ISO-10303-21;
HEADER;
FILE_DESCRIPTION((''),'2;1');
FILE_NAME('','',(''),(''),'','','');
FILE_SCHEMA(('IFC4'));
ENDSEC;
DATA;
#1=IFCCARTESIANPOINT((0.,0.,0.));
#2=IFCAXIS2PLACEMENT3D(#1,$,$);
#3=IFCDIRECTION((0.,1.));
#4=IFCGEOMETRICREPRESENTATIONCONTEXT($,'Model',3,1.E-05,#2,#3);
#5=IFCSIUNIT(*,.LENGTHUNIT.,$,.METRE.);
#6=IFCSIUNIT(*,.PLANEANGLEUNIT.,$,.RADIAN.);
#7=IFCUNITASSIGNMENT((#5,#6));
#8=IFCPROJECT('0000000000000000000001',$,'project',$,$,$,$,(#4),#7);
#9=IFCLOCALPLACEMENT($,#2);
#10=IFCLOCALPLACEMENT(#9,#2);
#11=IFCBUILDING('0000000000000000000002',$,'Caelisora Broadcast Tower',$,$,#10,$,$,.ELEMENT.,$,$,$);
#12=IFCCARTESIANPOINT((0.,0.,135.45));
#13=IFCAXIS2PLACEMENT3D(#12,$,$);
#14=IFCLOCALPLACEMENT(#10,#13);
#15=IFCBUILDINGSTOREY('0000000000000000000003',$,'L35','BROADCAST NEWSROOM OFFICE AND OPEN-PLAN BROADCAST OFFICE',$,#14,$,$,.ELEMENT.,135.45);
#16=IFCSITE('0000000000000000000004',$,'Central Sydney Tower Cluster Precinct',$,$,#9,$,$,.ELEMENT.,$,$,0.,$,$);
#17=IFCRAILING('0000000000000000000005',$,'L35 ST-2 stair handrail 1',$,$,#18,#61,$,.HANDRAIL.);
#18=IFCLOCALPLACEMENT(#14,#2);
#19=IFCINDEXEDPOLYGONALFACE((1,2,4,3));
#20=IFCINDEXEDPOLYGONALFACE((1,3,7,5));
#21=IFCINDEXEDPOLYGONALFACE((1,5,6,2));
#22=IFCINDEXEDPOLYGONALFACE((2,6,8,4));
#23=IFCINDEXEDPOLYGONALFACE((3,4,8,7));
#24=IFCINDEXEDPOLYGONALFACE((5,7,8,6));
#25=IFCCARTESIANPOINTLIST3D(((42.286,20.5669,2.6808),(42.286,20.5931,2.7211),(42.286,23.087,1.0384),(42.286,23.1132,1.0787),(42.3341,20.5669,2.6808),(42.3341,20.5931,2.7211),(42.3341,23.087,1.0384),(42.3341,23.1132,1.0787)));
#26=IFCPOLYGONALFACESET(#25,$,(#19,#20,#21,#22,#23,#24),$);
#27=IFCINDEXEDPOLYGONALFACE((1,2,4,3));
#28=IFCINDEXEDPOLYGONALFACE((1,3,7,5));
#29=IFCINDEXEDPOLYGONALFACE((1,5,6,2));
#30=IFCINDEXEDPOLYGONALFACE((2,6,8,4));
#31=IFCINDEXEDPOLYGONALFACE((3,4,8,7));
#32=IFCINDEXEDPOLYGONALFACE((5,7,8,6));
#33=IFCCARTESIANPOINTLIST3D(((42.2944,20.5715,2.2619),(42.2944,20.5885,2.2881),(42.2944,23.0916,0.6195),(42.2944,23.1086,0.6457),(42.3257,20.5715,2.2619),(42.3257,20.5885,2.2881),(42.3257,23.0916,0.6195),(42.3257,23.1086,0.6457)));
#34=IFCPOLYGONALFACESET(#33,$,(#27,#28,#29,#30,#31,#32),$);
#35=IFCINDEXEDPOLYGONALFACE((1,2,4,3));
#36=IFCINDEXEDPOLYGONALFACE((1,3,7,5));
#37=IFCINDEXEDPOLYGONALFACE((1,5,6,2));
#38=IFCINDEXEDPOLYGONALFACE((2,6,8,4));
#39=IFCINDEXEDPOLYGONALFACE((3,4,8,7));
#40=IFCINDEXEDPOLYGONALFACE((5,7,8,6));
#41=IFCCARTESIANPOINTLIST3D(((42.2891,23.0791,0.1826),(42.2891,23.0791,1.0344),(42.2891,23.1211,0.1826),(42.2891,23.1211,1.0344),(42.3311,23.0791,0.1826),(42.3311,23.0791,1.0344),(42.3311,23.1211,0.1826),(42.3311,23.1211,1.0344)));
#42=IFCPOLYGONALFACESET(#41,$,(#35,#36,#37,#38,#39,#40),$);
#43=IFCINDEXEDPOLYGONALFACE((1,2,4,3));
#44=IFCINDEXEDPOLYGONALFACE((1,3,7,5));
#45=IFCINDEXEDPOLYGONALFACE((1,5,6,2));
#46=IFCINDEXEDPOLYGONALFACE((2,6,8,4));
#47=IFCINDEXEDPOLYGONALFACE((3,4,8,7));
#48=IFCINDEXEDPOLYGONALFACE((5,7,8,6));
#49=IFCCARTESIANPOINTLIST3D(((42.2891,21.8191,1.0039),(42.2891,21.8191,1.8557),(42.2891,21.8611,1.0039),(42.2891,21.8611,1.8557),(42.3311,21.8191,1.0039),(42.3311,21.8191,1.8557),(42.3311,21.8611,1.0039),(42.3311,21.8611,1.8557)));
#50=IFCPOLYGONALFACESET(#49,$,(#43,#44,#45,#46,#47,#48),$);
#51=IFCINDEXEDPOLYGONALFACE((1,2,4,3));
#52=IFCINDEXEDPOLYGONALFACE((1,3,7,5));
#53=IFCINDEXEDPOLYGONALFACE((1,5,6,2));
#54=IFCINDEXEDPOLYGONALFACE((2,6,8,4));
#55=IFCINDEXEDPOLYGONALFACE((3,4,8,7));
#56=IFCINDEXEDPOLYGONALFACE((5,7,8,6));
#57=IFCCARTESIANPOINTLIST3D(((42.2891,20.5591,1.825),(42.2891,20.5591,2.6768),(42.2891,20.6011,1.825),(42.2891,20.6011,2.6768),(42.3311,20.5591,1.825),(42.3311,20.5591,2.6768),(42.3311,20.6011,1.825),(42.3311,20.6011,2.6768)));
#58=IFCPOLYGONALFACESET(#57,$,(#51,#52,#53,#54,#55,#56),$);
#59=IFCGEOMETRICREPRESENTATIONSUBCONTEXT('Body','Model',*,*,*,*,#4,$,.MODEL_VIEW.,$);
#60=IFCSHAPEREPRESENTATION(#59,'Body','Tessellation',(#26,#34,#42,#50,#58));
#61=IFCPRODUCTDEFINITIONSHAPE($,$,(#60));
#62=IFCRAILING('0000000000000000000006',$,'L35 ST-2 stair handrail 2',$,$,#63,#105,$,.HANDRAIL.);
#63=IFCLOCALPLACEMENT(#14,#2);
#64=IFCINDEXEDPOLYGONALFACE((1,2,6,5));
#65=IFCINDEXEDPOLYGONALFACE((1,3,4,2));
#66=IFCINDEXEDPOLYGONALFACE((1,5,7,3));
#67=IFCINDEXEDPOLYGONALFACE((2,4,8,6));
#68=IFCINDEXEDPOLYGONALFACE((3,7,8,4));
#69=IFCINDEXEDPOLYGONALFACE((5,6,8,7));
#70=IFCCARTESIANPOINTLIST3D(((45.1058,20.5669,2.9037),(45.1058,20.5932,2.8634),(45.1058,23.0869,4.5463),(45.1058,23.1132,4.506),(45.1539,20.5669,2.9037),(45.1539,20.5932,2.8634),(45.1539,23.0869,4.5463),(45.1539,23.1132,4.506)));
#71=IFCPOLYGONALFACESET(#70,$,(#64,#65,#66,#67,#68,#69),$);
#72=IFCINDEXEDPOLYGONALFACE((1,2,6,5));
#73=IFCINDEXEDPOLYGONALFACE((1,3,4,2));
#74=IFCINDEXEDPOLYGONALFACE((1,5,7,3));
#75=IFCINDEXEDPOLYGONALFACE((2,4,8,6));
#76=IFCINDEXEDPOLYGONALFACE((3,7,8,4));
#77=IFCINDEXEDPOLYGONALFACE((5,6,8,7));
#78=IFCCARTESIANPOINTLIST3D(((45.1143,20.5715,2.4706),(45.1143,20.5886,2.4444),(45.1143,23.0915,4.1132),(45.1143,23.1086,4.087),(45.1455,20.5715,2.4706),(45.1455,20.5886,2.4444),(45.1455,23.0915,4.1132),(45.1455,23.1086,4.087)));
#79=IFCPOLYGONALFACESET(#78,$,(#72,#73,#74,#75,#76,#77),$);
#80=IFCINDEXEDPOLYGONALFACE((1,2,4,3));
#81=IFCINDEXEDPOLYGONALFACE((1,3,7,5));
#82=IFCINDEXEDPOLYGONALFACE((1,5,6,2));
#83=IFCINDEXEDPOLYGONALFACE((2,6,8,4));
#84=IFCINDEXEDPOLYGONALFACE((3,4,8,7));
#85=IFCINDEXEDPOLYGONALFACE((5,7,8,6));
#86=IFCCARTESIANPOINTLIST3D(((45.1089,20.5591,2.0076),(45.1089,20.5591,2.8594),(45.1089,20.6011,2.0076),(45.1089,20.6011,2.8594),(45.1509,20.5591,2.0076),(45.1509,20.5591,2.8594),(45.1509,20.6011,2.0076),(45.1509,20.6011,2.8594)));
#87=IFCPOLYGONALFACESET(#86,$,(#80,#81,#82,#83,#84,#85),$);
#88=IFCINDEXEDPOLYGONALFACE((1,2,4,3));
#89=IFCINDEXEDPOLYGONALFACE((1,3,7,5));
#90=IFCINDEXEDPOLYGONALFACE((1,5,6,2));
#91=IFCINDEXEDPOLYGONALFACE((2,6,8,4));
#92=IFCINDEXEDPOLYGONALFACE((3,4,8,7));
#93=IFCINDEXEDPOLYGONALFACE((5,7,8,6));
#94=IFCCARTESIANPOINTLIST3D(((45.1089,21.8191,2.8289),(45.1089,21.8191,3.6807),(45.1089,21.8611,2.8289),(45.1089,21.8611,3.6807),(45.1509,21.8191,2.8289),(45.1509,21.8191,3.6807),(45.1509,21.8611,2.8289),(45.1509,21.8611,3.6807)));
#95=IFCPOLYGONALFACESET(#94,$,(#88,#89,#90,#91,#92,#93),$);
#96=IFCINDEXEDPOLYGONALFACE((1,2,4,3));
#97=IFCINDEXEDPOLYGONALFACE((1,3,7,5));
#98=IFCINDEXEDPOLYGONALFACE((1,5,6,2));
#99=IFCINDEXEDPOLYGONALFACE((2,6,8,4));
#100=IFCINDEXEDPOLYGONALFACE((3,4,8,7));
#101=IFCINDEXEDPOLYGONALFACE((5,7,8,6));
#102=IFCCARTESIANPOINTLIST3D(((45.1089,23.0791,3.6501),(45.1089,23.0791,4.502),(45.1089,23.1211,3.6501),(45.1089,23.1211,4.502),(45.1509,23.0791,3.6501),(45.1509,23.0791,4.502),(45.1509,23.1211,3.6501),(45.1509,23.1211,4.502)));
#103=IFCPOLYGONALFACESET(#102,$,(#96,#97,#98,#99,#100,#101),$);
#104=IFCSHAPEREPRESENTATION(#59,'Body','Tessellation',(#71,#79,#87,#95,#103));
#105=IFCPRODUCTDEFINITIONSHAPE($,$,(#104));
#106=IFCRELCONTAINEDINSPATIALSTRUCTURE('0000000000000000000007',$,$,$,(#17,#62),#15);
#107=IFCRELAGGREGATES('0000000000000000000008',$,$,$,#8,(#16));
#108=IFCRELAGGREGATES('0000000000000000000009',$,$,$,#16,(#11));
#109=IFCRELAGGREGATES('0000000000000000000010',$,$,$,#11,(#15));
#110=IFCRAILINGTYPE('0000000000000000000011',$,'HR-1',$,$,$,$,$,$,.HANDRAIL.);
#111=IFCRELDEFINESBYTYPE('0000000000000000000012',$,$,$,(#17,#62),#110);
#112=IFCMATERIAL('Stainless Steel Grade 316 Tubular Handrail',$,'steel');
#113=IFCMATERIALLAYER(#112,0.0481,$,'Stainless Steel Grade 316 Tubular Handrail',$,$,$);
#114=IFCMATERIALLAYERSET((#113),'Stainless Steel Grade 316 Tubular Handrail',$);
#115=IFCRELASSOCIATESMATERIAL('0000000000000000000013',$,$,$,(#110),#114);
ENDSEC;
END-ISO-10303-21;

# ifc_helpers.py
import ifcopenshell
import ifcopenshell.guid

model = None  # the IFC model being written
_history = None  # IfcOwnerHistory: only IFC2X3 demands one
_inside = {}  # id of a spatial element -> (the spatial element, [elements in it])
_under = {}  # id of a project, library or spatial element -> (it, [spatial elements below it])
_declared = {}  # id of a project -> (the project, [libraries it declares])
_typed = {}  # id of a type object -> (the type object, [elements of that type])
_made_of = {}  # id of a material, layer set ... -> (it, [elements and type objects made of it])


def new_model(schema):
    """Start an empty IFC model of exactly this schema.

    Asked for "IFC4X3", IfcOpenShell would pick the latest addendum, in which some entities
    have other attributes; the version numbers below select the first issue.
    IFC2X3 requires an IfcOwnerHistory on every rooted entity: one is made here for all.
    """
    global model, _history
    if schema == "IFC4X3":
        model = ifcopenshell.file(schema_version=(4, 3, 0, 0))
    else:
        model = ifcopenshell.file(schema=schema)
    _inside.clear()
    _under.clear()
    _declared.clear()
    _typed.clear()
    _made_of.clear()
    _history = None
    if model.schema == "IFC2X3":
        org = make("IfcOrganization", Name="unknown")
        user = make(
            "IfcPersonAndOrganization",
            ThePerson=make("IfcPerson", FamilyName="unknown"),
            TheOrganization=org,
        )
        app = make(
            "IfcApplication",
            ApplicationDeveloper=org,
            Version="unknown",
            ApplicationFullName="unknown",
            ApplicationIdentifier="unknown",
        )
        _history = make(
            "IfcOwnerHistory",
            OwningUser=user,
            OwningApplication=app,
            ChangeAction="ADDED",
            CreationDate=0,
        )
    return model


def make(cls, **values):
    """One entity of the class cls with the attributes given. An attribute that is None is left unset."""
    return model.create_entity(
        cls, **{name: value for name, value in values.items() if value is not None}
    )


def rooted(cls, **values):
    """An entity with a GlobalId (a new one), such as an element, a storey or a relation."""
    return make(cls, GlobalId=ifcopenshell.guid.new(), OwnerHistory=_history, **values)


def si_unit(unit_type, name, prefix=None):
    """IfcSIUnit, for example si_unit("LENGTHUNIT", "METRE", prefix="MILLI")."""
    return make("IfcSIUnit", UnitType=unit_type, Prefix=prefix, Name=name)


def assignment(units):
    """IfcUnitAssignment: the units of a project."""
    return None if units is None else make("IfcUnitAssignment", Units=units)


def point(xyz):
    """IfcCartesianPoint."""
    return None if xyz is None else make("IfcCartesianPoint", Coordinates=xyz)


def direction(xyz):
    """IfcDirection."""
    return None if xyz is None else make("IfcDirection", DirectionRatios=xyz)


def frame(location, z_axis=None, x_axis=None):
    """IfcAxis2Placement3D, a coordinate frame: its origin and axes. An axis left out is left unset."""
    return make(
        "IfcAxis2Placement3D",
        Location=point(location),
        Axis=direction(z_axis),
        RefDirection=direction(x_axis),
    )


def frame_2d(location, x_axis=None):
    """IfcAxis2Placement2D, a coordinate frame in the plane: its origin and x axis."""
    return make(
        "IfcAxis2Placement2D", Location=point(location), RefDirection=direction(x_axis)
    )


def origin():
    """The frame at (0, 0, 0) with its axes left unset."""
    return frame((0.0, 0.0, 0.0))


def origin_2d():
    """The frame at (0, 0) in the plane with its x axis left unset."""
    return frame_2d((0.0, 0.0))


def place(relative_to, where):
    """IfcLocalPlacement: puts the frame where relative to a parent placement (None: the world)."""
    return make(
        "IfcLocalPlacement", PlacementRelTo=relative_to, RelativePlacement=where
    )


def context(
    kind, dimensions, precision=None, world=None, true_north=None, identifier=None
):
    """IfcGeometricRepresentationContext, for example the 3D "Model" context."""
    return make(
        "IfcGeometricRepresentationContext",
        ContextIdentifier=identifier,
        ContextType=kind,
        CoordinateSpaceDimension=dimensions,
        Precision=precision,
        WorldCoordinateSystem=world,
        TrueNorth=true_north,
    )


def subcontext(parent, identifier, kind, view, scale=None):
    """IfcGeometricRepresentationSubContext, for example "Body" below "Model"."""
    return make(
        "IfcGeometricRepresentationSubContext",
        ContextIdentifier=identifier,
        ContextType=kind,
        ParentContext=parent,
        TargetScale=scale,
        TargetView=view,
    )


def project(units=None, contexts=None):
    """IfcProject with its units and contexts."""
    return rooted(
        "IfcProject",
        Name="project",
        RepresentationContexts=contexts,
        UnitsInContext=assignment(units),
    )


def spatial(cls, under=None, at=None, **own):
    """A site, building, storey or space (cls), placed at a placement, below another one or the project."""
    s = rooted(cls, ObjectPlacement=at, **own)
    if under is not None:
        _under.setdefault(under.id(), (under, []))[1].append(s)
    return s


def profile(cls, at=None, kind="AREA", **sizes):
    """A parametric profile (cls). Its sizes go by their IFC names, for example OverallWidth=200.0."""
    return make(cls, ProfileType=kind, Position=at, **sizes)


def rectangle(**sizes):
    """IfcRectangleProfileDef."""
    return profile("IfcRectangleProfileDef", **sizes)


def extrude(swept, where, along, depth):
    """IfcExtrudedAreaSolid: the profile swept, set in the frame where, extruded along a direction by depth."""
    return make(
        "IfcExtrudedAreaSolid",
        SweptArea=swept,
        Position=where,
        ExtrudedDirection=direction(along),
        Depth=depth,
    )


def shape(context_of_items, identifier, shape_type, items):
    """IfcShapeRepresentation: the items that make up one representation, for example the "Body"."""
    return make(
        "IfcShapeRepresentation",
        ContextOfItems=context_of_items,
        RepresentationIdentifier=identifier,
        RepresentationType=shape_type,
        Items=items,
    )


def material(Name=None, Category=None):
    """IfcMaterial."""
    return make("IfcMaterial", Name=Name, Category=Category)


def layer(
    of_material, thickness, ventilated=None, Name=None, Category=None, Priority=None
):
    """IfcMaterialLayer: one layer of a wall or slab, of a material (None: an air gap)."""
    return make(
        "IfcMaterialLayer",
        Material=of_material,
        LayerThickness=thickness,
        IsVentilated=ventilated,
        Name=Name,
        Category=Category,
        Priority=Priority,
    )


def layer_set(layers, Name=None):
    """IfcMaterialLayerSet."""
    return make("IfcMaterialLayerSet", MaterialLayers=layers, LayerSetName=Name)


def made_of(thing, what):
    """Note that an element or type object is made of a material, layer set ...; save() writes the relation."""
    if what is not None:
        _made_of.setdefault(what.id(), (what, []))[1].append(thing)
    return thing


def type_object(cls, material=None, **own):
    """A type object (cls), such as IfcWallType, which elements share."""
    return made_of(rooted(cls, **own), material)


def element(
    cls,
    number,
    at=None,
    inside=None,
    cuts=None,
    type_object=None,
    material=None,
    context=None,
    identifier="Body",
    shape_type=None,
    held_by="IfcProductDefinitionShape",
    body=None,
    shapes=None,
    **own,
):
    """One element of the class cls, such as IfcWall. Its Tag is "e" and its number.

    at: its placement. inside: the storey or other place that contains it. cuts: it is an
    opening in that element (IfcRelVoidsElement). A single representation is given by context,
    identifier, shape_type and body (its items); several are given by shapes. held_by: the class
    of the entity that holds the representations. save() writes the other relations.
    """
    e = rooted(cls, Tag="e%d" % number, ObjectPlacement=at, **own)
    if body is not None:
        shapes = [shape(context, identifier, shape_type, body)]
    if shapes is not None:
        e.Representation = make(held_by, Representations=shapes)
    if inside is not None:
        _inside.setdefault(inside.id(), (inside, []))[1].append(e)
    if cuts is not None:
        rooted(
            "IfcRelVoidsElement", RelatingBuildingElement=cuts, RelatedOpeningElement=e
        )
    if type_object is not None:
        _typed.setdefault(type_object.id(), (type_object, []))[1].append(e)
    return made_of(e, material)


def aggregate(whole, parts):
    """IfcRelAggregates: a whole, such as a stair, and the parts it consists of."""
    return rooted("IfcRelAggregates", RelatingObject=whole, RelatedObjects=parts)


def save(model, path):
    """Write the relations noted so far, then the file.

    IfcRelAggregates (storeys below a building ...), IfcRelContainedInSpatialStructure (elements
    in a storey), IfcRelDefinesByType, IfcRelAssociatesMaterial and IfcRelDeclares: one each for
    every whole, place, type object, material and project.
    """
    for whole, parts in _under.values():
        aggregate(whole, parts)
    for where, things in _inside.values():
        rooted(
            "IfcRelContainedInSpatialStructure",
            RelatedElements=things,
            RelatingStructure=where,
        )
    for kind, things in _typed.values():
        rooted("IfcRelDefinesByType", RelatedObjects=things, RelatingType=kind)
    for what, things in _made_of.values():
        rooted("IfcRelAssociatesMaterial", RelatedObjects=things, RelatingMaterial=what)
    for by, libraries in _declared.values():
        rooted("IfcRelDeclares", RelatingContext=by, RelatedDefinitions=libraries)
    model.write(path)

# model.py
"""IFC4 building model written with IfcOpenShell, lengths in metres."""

from ifc_helpers import new_model, si_unit, direction, frame, origin, origin_2d, place, context, subcontext, project, spatial, rectangle, extrude, material, layer, layer_set, type_object, element, save


model = new_model("IFC4")

# Units and contexts
model_context = context("Model", 3, precision=1e-05, world=origin(), true_north=direction((0.0, 1.0)))
body_context = subcontext(model_context, "Body", "Model", "MODEL_VIEW")
ifc_project = project(units=[si_unit("LENGTHUNIT", "METRE"), si_unit("PLANEANGLEUNIT", "RADIAN")], contexts=[model_context])

# Site, building, storey
site_placement = place(None, origin())
site = spatial("IfcSite", under=ifc_project, at=site_placement, Name="Central Sydney Tower Cluster Precinct", CompositionType="ELEMENT", RefElevation=0.0)
building_placement = place(site_placement, origin())
building = spatial("IfcBuilding", under=site, at=building_placement, Name="Caelisora Broadcast Tower", CompositionType="ELEMENT")
storey_placement = place(building_placement, frame((0.0, 0.0, 135.45)))
storey = spatial("IfcBuildingStorey", under=building, at=storey_placement, Name="L35", Description="BROADCAST NEWSROOM OFFICE AND OPEN-PLAN BROADCAST OFFICE", CompositionType="ELEMENT", Elevation=135.45)

# Railings
ifc_material_1 = material(Name="Stainless Steel Grade 316 Tubular Handrail", Category="steel")
ifc_layer_1 = layer(ifc_material_1, 0.0481, Name="Stainless Steel Grade 316 Tubular Handrail")
ifc_layer_set_1 = layer_set([ifc_layer_1], Name="Stainless Steel Grade 316 Tubular Handrail")
railing_type_1 = type_object("IfcRailingType", Name="HR-1", PredefinedType="HANDRAIL", material=ifc_layer_set_1)
railing_1_placement = place(storey_placement, frame((42.3101, 23.1001, 0.1826)))
element("IfcRailing", 1, at=railing_1_placement, inside=storey, type_object=railing_type_1, Name="L35 ST-2 stair handrail 1", PredefinedType="HANDRAIL", context=body_context, shape_type="SweptSolid", body=[
    extrude(rectangle(XDim=0.0481, YDim=0.0481, at=origin_2d()), frame((0.0, 0.0, 0.876), z_axis=(0.0, -0.837787, 0.545998), x_axis=(1.0, 0.0, 0.0)), (0.0, 0.0, 1.0), 3.0081),
    extrude(rectangle(XDim=0.0312, YDim=0.0312, at=origin_2d()), frame((0.0, 0.0, 0.45), z_axis=(0.0, -0.837787, 0.545998), x_axis=(1.0, 0.0, 0.0)), (0.0, 0.0, 1.0), 3.0081),
    extrude(rectangle(XDim=0.042, YDim=0.042, at=origin_2d()), origin(), (0.0, 0.0, 1.0), 0.8518),
    extrude(rectangle(XDim=0.042, YDim=0.042, at=origin_2d()), frame((0.0, -1.26, 0.8213)), (0.0, 0.0, 1.0), 0.8518),
    extrude(rectangle(XDim=0.042, YDim=0.042, at=origin_2d()), frame((0.0, -2.52, 1.6423)), (0.0, 0.0, 1.0), 0.8518),
])
railing_2_placement = place(storey_placement, frame((45.1299, 20.5801, 2.0076)))
element("IfcRailing", 2, at=railing_2_placement, inside=storey, type_object=railing_type_1, Name="L35 ST-2 stair handrail 2", PredefinedType="HANDRAIL", context=body_context, shape_type="SweptSolid", body=[
    extrude(rectangle(XDim=0.0481, YDim=0.0481, at=origin_2d()), frame((0.0, 0.0, 0.876), z_axis=(0.0, 0.837749, 0.546055), x_axis=(-1.0, 0.0, 0.0)), (0.0, 0.0, 1.0), 3.0081),
    extrude(rectangle(XDim=0.0312, YDim=0.0312, at=origin_2d()), frame((0.0, 0.0, 0.45), z_axis=(0.0, 0.837749, 0.546055), x_axis=(-1.0, 0.0, 0.0)), (0.0, 0.0, 1.0), 3.0081),
    extrude(rectangle(XDim=0.042, YDim=0.042, at=origin_2d()), origin(), (0.0, 0.0, 1.0), 0.8518),
    extrude(rectangle(XDim=0.042, YDim=0.042, at=origin_2d()), frame((0.0, 1.26, 0.8213)), (0.0, 0.0, 1.0), 0.8518),
    extrude(rectangle(XDim=0.042, YDim=0.042, at=origin_2d()), frame((0.0, 2.52, 1.6426)), (0.0, 0.0, 1.0), 0.8518),
])

save(model, "model.ifc")
